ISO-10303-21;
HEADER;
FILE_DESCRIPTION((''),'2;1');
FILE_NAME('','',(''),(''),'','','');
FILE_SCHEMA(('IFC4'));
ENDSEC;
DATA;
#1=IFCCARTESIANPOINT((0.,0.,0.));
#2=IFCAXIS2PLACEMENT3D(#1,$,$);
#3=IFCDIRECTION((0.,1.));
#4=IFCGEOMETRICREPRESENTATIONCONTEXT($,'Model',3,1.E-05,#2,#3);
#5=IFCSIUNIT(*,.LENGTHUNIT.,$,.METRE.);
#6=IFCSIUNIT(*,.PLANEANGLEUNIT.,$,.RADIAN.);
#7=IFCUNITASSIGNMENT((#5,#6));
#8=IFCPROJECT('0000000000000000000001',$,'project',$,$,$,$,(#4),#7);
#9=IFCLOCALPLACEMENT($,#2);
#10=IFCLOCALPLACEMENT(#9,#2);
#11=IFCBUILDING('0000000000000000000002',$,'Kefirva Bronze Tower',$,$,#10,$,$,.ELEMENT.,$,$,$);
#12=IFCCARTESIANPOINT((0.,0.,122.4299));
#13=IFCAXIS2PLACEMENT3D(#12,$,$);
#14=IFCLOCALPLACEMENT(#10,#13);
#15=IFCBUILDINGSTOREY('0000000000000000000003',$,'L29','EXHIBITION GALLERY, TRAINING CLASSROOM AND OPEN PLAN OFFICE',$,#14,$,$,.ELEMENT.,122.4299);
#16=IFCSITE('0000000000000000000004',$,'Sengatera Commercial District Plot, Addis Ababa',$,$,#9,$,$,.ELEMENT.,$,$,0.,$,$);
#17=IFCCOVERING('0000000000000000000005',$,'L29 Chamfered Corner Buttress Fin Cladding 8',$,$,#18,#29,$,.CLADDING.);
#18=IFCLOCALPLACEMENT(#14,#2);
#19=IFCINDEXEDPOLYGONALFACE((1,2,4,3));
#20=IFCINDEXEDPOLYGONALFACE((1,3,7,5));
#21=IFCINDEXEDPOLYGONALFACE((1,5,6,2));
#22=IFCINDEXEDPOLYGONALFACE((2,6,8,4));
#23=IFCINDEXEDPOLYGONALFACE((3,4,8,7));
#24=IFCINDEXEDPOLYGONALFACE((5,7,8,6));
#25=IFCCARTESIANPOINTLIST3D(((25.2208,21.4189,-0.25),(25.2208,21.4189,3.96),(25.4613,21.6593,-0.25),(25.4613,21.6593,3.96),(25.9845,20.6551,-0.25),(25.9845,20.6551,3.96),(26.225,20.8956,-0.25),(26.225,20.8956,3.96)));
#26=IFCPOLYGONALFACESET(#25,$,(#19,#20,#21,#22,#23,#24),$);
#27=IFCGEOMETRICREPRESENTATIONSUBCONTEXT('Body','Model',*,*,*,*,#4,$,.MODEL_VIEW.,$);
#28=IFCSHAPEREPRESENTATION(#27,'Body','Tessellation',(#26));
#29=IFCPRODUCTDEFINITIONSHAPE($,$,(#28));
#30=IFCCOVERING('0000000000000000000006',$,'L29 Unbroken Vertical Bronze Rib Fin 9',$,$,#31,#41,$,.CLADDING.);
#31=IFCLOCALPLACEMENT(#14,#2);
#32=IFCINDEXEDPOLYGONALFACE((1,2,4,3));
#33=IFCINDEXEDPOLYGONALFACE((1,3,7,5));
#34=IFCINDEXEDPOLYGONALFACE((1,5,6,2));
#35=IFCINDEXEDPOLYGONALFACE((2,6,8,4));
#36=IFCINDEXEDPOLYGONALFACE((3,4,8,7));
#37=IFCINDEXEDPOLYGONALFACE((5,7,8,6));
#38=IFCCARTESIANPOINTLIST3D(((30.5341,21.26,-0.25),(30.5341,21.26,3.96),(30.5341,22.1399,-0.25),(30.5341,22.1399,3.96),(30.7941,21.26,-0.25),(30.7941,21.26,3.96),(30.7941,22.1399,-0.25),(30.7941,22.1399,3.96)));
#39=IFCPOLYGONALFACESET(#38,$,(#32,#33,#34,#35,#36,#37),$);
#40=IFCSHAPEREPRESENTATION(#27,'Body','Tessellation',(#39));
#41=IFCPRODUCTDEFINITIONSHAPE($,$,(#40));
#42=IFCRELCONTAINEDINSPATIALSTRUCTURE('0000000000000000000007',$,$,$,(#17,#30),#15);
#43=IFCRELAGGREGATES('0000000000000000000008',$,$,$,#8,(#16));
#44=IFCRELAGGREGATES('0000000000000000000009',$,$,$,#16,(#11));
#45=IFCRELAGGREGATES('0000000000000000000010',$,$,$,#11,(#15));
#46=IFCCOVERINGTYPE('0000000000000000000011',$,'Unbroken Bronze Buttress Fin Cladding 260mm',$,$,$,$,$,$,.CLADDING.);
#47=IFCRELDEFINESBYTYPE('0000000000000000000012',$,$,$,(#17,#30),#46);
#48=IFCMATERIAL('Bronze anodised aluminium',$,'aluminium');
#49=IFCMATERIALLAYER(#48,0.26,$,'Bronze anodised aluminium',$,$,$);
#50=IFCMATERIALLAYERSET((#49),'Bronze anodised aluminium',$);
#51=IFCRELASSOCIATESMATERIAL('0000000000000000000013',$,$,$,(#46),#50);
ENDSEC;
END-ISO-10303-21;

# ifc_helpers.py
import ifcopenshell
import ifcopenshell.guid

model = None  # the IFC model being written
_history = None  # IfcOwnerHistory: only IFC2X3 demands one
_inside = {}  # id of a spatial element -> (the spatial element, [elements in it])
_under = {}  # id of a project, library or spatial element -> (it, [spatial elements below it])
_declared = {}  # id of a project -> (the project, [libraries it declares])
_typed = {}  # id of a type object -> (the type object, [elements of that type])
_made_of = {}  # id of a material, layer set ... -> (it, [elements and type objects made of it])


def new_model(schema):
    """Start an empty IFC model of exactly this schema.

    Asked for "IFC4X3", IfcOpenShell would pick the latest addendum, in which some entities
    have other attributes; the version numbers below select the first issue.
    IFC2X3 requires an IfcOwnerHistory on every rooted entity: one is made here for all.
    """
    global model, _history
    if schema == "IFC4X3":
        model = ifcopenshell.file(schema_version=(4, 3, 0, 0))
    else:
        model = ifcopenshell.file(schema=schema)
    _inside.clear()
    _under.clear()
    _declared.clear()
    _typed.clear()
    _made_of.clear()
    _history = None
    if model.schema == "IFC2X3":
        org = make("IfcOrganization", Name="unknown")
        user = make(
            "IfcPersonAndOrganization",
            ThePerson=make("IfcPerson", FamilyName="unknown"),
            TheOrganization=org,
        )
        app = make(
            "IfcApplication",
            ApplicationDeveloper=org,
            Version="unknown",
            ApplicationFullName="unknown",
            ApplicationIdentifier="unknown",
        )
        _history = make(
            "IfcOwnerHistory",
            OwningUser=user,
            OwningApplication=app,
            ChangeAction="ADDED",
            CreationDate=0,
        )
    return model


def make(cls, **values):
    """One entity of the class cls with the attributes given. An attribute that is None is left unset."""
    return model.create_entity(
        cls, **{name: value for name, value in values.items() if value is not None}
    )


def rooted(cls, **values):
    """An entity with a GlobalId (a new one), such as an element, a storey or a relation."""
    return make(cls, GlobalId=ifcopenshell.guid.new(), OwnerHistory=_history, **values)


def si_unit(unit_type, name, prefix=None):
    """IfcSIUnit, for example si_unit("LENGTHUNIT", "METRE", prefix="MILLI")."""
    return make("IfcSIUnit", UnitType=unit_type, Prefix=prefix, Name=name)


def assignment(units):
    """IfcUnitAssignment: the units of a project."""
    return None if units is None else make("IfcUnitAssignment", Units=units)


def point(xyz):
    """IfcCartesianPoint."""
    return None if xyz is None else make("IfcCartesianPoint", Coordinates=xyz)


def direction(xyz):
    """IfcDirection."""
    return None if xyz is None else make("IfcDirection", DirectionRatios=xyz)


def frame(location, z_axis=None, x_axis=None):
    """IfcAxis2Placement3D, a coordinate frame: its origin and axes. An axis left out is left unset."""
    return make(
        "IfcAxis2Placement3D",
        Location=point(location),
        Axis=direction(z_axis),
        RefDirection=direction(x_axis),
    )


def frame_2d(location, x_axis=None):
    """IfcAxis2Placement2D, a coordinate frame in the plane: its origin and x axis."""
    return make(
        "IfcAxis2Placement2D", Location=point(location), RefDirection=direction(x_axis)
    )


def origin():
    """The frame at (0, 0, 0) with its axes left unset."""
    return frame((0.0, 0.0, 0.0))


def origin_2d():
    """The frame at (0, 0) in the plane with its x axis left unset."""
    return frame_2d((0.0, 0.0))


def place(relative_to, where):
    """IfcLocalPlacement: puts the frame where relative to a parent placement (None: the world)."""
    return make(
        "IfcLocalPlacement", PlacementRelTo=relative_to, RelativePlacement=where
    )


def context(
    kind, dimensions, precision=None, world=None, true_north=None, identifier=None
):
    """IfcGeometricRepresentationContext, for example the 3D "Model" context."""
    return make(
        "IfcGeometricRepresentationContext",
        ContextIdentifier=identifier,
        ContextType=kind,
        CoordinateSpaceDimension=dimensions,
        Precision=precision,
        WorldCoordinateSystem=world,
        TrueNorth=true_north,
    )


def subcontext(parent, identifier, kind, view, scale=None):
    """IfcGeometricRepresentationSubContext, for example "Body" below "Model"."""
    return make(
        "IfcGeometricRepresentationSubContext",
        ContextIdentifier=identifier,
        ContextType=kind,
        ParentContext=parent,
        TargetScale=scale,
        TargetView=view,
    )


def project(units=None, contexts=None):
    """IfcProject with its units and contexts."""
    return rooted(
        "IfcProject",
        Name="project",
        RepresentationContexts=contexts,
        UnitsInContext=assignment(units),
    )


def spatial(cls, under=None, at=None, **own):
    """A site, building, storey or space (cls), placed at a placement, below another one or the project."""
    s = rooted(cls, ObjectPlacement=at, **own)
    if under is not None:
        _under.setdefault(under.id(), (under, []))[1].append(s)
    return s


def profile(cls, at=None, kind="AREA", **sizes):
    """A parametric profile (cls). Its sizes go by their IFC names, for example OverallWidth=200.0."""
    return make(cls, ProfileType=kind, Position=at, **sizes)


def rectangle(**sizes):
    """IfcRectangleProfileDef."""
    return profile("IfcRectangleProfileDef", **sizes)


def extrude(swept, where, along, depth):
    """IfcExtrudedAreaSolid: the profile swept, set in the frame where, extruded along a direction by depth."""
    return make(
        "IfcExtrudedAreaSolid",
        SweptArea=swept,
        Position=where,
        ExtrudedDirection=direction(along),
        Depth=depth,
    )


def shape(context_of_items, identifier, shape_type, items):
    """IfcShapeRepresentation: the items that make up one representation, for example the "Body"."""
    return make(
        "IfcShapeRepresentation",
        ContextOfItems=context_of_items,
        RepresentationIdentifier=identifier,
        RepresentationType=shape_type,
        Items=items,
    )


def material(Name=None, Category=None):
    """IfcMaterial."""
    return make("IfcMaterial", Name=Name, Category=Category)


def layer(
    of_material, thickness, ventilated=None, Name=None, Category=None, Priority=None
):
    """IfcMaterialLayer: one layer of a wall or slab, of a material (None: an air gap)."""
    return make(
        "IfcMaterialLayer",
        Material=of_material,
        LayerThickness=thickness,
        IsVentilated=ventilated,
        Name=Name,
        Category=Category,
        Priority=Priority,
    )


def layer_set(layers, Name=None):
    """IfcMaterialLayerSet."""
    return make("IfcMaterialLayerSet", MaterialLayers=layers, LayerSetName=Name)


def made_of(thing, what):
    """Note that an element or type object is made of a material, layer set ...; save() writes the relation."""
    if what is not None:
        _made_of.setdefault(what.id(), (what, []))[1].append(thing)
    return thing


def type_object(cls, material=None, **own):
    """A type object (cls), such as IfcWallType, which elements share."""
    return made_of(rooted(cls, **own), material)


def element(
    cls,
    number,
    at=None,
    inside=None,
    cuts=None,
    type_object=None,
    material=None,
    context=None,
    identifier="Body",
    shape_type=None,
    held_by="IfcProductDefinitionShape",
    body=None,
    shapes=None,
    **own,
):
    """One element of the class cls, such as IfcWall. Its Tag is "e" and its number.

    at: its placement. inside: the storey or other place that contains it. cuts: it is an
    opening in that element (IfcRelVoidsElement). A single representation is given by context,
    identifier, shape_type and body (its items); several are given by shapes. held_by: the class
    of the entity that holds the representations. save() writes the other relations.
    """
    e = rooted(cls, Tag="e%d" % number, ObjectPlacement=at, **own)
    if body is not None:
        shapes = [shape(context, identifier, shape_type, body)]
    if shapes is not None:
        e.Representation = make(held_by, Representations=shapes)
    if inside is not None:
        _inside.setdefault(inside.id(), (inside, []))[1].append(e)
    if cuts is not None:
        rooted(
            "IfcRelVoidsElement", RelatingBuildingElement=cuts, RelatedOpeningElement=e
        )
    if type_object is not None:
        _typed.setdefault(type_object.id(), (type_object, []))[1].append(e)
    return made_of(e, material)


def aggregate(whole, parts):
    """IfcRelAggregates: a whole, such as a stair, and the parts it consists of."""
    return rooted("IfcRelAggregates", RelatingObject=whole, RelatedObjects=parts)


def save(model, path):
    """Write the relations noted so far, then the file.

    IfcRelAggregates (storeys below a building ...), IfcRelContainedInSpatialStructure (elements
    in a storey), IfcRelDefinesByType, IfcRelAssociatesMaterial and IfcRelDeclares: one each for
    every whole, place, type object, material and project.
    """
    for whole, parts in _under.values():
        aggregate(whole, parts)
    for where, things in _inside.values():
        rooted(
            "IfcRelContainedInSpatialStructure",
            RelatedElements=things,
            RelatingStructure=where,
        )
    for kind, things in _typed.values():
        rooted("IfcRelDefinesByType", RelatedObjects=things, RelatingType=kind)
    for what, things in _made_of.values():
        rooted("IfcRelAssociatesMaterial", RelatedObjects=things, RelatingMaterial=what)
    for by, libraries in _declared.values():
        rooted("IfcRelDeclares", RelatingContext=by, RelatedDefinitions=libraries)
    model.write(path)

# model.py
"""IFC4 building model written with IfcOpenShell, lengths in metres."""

from ifc_helpers import new_model, si_unit, direction, frame, origin, origin_2d, place, context, subcontext, project, spatial, rectangle, extrude, material, layer, layer_set, type_object, element, save


model = new_model("IFC4")

# Units and contexts
model_context = context("Model", 3, precision=1e-05, world=origin(), true_north=direction((0.0, 1.0)))
body_context = subcontext(model_context, "Body", "Model", "MODEL_VIEW")
ifc_project = project(units=[si_unit("LENGTHUNIT", "METRE"), si_unit("PLANEANGLEUNIT", "RADIAN")], contexts=[model_context])

# Site, building, storey
site_placement = place(None, origin())
site = spatial("IfcSite", under=ifc_project, at=site_placement, Name="Sengatera Commercial District Plot, Addis Ababa", CompositionType="ELEMENT", RefElevation=0.0)
building_placement = place(site_placement, origin())
building = spatial("IfcBuilding", under=site, at=building_placement, Name="Kefirva Bronze Tower", CompositionType="ELEMENT")
storey_placement = place(building_placement, frame((0.0, 0.0, 122.4299)))
storey = spatial("IfcBuildingStorey", under=building, at=storey_placement, Name="L29", Description="EXHIBITION GALLERY, TRAINING CLASSROOM AND OPEN PLAN OFFICE", CompositionType="ELEMENT", Elevation=122.4299)

# Shared definitions
ifc_material_1 = material(Name="Bronze anodised aluminium", Category="aluminium")

# Coverings
ifc_layer_1 = layer(ifc_material_1, 0.26, Name="Bronze anodised aluminium")
ifc_layer_set_1 = layer_set([ifc_layer_1], Name="Bronze anodised aluminium")
covering_type_1 = type_object("IfcCoveringType", Name="Unbroken Bronze Buttress Fin Cladding 260mm", PredefinedType="CLADDING", material=ifc_layer_set_1)
for number, where, z_axis, x_axis, name in (
    (1, (25.7229, 21.1572, -0.25), (0.0, 0.0, 1.0), (0.707107, 0.707107, 0.0), "L29 Chamfered Corner Buttress Fin Cladding 8"),
):
    element("IfcCovering", number, at=place(storey_placement, frame(where, z_axis=z_axis, x_axis=x_axis)), inside=storey, type_object=covering_type_1, Name=name, PredefinedType="CLADDING", context=body_context, shape_type="SweptSolid", body=[
        extrude(rectangle(XDim=0.3401, YDim=1.0801, at=origin_2d()), origin(), (0.0, 0.0, 1.0), 4.21),
    ])
covering_1_placement = place(storey_placement, frame((30.6641, 21.7, -0.25), z_axis=(0.0, 0.0, 1.0), x_axis=(1.0, 0.0, 0.0)))
element("IfcCovering", 2, at=covering_1_placement, inside=storey, type_object=covering_type_1, Name="L29 Unbroken Vertical Bronze Rib Fin 9", PredefinedType="CLADDING", context=body_context, shape_type="SweptSolid", body=[
    extrude(rectangle(XDim=0.26, YDim=0.8799, at=origin_2d()), origin(), (0.0, 0.0, 1.0), 4.21),
])

save(model, "model.ifc")
